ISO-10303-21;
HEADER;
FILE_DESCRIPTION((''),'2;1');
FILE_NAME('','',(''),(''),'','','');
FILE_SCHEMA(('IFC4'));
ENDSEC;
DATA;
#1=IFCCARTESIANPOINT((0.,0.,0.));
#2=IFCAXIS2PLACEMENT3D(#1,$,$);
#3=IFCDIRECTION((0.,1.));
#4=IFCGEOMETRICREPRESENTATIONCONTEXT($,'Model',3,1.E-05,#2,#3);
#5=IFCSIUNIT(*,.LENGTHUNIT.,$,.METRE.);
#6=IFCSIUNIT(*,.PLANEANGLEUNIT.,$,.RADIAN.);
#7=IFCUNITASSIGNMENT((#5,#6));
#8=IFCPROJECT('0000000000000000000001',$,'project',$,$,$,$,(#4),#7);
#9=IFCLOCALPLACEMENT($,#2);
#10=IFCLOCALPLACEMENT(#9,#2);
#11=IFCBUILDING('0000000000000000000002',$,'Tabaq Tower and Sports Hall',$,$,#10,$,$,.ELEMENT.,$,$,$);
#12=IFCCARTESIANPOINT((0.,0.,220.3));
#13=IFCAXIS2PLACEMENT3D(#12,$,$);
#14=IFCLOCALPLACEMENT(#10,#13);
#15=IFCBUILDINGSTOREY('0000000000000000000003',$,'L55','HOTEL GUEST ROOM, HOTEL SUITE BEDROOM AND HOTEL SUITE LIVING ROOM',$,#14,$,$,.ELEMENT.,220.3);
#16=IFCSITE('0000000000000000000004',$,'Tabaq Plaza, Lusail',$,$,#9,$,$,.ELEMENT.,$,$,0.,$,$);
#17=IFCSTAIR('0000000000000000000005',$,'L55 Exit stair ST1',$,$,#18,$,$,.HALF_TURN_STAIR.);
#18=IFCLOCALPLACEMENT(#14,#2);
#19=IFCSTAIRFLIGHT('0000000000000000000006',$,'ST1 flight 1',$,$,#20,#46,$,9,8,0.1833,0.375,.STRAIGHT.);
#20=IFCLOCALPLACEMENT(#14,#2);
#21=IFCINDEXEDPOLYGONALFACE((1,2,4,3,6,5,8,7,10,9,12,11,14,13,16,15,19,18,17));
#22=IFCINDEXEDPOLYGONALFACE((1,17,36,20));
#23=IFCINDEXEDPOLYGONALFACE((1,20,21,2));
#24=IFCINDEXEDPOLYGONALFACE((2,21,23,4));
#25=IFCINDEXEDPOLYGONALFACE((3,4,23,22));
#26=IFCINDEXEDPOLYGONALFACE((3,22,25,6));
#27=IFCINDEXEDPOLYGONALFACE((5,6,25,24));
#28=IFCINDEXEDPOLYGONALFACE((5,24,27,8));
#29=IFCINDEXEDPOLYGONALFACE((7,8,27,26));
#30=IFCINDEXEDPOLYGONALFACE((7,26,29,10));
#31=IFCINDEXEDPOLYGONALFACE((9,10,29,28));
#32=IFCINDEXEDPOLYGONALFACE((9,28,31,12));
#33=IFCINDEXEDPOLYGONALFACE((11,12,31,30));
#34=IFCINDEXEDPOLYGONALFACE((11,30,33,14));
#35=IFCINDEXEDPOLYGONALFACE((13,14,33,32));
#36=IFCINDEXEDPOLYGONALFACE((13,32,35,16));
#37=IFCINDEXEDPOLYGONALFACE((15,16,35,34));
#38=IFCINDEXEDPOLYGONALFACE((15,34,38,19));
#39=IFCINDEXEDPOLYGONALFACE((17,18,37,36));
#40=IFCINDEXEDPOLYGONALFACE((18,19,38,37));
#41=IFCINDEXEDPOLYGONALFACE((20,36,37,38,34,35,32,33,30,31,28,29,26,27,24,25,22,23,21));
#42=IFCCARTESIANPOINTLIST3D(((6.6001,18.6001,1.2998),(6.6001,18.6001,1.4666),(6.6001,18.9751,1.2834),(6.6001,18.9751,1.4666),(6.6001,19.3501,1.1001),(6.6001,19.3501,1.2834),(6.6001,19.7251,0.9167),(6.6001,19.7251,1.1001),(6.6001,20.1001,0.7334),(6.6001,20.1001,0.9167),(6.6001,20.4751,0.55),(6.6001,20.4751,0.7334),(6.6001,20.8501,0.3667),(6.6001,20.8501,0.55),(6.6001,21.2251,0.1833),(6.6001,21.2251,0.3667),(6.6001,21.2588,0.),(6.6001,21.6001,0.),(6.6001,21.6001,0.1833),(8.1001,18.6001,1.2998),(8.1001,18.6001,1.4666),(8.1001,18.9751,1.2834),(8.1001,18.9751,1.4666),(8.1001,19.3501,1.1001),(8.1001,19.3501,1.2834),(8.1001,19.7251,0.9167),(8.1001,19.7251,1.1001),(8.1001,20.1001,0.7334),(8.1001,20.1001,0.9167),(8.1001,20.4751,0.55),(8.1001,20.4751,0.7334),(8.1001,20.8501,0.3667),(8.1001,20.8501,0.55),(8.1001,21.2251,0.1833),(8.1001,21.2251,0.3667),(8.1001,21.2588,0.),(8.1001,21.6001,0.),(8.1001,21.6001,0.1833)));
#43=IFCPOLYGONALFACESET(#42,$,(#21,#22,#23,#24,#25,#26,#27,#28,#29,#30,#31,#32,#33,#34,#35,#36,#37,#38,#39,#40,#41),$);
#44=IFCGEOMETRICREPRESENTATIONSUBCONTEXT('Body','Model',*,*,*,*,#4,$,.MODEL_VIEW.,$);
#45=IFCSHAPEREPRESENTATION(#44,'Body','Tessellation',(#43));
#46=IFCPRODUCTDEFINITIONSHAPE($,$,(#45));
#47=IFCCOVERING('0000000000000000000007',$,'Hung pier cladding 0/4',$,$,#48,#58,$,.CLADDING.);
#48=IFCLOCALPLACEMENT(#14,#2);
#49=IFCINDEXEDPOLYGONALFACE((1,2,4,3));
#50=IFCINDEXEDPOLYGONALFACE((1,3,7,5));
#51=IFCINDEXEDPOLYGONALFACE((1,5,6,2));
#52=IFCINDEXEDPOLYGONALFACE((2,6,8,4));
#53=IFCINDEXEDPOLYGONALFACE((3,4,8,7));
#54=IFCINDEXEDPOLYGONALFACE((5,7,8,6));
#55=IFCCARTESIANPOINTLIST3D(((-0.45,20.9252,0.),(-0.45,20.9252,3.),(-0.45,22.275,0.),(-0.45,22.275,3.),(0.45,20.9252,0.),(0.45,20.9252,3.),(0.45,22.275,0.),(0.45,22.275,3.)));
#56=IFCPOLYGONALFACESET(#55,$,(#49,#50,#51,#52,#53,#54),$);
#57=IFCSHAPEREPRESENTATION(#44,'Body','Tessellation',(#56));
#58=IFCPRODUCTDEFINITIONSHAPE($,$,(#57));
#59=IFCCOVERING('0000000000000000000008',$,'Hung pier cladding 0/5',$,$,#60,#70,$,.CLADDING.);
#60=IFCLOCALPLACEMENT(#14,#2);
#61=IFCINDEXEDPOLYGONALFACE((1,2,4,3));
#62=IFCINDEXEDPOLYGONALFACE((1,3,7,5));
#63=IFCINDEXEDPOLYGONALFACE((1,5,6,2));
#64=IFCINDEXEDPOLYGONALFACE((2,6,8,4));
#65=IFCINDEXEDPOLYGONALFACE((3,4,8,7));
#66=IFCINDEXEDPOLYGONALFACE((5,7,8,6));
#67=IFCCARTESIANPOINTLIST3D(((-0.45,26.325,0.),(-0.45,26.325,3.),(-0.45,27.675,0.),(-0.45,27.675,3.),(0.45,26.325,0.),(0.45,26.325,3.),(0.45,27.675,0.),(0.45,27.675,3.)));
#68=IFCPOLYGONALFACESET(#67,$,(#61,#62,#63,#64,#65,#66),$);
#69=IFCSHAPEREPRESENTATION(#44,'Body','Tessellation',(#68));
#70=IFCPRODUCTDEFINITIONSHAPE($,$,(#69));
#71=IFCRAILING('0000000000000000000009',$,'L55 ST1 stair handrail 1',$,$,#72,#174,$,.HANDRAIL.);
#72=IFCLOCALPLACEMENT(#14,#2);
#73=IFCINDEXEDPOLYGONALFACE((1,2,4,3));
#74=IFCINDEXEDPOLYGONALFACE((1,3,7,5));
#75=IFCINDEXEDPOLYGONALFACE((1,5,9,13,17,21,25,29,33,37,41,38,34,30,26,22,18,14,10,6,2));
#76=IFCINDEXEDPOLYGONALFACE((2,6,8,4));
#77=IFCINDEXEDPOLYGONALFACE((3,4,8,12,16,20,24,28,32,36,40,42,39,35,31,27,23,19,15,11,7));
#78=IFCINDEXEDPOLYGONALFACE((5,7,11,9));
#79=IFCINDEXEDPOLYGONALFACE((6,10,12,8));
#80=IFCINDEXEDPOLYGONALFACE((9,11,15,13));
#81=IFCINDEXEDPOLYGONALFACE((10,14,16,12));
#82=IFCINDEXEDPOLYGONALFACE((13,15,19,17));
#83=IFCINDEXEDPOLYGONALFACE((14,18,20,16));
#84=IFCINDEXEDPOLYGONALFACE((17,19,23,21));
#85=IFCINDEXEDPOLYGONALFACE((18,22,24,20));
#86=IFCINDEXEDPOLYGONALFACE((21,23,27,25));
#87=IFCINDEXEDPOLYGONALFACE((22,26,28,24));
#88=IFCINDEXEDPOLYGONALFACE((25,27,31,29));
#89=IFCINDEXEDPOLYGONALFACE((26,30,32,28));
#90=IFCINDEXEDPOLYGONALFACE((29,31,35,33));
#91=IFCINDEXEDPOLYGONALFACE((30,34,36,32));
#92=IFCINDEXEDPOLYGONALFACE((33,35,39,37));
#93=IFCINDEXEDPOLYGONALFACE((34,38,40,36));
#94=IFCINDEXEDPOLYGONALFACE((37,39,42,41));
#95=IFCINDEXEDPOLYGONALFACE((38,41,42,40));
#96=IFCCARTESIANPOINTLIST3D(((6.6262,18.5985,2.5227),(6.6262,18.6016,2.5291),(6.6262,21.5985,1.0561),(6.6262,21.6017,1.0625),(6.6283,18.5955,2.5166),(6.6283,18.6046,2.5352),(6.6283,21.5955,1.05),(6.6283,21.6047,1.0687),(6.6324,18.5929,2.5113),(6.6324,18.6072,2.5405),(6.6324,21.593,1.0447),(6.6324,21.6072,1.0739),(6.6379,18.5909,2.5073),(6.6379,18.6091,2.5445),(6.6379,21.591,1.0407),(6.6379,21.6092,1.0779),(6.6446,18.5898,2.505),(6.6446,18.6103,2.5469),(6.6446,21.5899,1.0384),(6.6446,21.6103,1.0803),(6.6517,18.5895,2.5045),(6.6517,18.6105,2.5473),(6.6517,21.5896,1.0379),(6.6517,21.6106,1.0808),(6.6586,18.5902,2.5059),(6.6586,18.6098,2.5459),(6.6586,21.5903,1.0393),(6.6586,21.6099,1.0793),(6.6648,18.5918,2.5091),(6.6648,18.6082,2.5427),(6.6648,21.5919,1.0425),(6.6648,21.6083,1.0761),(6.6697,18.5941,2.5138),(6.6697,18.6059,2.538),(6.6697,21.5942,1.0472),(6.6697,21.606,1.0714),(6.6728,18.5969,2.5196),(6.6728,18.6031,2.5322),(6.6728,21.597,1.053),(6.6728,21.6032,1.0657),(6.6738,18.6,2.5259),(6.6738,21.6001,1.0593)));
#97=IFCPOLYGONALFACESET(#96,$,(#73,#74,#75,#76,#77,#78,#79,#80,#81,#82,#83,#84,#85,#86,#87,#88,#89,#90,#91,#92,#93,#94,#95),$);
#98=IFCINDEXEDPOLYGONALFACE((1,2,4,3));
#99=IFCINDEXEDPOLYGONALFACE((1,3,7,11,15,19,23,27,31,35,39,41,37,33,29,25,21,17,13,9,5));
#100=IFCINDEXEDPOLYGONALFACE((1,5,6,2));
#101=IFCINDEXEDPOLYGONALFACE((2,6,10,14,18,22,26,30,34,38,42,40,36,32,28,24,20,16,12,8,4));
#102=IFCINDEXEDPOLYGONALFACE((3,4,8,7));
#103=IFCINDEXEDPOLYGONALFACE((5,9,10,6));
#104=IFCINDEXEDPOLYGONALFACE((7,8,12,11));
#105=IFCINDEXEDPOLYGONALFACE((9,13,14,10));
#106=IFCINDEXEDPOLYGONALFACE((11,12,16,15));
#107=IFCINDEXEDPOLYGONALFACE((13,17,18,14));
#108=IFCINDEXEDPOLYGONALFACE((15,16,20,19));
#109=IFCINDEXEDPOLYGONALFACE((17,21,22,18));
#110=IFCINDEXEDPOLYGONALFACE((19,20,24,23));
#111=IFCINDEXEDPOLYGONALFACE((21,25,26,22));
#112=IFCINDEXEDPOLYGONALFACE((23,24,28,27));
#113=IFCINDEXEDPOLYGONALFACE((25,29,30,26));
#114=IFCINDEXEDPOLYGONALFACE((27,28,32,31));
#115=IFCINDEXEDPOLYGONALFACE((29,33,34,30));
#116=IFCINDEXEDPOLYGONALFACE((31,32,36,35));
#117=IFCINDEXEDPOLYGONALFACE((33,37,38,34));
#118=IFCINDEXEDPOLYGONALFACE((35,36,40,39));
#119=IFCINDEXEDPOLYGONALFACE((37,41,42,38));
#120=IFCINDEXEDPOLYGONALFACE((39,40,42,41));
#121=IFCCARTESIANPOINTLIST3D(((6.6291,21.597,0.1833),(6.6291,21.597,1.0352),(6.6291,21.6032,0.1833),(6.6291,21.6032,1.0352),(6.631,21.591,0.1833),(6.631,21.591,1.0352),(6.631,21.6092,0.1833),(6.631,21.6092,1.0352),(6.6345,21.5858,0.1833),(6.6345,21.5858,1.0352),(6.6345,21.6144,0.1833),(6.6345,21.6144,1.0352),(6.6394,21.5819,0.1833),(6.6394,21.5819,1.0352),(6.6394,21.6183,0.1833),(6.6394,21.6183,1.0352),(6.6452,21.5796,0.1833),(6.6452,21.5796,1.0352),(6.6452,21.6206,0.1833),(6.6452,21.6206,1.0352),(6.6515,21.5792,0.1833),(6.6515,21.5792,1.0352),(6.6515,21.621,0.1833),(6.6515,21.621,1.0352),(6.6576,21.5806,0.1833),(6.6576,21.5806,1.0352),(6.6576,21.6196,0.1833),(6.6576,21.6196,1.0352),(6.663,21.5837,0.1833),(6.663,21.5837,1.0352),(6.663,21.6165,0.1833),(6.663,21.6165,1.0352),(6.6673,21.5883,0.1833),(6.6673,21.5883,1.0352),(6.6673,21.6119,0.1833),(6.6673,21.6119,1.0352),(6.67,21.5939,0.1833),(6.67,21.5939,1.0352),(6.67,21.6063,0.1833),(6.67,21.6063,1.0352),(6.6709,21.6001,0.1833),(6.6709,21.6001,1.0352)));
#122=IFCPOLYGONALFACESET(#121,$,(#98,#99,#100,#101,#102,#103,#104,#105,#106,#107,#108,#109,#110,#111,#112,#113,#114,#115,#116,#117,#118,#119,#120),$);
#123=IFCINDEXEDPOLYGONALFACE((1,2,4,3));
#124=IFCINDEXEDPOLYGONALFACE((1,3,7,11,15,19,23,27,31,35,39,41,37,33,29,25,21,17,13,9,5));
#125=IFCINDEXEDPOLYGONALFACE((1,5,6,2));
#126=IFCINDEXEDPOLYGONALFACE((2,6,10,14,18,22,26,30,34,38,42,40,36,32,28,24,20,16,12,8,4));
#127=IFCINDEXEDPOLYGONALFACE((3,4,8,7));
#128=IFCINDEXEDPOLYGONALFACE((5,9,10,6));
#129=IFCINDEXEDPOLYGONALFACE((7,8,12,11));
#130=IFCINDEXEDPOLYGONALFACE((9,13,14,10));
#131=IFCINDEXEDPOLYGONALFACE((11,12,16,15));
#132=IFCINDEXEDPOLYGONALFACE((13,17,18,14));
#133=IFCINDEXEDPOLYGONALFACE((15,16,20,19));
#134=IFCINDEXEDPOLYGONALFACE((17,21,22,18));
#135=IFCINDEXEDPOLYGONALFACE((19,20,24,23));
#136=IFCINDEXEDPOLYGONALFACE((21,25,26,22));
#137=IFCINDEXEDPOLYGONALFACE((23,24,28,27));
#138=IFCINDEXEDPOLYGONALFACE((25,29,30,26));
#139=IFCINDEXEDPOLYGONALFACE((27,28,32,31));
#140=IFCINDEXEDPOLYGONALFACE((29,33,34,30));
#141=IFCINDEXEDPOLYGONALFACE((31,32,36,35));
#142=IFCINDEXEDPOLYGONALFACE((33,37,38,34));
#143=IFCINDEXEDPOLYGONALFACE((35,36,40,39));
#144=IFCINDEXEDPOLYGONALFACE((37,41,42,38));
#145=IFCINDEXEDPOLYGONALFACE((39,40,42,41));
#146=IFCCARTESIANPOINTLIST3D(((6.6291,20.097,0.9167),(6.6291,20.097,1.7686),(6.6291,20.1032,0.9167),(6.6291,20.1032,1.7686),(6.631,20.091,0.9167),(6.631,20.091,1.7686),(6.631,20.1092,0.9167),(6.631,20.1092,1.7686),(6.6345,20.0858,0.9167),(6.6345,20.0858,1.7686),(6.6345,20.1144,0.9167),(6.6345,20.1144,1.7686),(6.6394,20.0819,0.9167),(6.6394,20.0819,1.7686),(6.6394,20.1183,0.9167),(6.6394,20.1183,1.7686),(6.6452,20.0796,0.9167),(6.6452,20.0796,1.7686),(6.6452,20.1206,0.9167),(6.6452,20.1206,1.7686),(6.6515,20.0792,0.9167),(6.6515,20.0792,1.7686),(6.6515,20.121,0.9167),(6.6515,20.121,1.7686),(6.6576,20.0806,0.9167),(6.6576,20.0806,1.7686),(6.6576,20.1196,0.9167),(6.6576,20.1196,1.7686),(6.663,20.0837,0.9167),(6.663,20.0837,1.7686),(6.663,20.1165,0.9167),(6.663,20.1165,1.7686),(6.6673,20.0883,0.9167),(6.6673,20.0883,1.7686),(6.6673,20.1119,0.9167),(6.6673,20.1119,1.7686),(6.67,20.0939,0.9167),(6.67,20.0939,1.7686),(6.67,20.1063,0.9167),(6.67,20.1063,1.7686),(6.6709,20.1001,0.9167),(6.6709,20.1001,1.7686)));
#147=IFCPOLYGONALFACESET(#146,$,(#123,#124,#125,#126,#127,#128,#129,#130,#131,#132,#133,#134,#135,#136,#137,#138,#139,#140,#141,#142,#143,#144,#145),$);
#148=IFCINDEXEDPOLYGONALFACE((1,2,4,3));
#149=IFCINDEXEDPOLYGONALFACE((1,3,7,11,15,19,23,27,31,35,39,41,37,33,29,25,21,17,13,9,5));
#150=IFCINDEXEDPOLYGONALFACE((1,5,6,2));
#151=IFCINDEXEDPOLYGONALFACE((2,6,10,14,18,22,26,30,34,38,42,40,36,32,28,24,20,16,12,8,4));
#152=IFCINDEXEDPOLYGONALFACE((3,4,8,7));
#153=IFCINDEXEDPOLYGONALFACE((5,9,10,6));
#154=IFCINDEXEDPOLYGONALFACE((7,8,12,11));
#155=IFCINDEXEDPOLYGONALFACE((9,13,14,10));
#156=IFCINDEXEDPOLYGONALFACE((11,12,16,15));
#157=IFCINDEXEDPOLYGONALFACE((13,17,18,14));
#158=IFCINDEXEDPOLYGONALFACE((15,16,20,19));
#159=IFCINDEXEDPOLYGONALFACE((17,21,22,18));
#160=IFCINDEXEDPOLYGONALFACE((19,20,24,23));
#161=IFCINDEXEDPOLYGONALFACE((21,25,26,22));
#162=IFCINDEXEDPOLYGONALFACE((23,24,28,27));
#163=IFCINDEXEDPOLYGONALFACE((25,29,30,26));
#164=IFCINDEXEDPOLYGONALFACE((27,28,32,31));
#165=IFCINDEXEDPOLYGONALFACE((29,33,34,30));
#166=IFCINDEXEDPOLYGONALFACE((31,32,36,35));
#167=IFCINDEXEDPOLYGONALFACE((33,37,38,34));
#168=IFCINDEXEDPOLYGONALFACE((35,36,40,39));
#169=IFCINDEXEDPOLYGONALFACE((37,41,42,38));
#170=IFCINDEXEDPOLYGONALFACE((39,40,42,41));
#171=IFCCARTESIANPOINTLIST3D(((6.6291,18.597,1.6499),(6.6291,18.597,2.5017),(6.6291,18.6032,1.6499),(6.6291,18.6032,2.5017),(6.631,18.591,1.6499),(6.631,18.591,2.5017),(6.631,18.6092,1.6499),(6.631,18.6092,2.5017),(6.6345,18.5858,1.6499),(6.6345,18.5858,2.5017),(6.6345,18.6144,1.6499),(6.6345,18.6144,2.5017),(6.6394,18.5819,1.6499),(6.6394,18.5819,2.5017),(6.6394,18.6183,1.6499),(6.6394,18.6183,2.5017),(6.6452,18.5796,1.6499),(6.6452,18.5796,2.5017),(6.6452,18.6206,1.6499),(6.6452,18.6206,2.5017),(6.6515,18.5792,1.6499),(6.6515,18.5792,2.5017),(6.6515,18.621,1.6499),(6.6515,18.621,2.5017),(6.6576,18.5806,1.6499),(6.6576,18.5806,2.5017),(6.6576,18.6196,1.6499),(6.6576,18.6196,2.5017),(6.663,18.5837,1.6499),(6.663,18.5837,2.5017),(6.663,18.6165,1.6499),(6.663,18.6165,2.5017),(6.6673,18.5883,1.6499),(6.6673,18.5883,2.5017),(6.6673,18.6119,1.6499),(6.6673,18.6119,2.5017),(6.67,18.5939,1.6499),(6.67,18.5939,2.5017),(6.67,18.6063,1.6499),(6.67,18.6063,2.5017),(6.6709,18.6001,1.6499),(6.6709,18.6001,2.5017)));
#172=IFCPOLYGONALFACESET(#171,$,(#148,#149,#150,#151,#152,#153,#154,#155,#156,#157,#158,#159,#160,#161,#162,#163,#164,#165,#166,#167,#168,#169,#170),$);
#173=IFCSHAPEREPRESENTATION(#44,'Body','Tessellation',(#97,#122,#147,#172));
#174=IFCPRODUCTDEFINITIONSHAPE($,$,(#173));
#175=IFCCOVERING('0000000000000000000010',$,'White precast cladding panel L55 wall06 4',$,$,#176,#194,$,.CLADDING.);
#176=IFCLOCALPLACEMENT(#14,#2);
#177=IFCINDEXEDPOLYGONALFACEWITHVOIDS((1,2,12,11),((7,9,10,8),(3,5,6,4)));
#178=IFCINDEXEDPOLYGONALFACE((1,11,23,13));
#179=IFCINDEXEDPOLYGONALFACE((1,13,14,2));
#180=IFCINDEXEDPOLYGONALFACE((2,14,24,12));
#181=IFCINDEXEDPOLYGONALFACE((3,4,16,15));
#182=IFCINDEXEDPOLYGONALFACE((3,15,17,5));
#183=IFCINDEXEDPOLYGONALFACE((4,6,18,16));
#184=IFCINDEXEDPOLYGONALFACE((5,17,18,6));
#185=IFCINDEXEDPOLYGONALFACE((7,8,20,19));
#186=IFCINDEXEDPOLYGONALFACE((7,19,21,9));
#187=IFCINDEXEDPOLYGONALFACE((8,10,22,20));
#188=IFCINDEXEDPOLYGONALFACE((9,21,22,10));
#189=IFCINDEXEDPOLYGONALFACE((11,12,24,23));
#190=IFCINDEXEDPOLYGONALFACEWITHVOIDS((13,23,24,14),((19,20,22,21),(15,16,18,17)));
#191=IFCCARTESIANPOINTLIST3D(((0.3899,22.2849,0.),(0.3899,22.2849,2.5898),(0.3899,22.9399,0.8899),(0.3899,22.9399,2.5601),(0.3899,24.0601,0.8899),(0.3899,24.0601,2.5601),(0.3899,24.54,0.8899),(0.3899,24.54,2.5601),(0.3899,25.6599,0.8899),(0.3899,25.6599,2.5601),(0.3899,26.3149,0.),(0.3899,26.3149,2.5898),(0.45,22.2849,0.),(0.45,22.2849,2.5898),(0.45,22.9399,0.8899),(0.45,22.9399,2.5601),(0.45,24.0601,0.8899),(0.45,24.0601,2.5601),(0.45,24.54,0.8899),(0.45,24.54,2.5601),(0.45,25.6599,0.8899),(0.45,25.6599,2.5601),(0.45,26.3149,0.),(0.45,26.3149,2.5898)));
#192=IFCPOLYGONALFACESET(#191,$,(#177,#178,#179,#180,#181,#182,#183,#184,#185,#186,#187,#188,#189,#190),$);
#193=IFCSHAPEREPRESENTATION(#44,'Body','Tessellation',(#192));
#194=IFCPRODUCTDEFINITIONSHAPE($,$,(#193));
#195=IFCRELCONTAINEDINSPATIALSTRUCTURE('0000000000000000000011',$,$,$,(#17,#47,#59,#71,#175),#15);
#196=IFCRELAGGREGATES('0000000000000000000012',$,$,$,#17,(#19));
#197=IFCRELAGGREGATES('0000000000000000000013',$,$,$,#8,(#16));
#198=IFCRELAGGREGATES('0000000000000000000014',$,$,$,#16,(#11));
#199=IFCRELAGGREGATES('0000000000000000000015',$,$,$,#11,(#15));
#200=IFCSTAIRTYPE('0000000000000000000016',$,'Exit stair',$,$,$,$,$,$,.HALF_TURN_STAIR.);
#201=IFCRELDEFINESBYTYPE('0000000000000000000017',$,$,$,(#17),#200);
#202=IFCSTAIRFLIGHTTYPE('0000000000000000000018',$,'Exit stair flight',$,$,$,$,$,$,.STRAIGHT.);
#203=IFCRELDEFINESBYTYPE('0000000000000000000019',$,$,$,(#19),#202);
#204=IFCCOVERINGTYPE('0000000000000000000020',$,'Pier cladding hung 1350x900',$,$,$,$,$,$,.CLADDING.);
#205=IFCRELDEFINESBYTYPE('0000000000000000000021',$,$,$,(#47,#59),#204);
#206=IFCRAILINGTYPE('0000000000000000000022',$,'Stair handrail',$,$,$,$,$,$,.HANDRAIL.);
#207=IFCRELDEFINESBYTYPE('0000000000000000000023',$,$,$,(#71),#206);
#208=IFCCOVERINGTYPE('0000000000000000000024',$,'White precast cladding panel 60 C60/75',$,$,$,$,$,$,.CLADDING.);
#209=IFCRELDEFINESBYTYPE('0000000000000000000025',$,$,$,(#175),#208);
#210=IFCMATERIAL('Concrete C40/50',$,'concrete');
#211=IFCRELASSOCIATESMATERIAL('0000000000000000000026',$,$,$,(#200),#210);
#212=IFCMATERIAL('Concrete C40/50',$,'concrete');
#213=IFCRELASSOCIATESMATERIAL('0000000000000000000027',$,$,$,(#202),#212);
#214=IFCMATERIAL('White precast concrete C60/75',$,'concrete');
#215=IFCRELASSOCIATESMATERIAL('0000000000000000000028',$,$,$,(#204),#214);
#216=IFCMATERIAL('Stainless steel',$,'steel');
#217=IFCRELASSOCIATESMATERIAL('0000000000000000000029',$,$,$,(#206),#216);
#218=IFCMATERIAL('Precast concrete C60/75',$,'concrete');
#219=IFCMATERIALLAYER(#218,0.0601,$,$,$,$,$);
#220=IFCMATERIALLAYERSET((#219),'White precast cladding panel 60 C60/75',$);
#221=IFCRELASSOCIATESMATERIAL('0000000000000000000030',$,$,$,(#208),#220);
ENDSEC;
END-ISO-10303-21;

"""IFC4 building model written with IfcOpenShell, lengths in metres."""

from ifc_helpers import new_model, si_unit, direction, frame, frame_2d, origin, origin_2d, place, context, subcontext, project, spatial, polyline, rectangle, circle, outline, extrude, material, layer, layer_set, type_object, element, aggregate, save


model = new_model("IFC4")

# Units and contexts
model_context = context("Model", 3, precision=1e-05, world=origin(), true_north=direction((0.0, 1.0)))
body_context = subcontext(model_context, "Body", "Model", "MODEL_VIEW")
ifc_project = project(units=[si_unit("LENGTHUNIT", "METRE"), si_unit("PLANEANGLEUNIT", "RADIAN")], contexts=[model_context])

# Site, building, storey
site_placement = place(None, origin())
site = spatial("IfcSite", under=ifc_project, at=site_placement, Name="Tabaq Plaza, Lusail", CompositionType="ELEMENT", RefElevation=0.0)
building_placement = place(site_placement, origin())
building = spatial("IfcBuilding", under=site, at=building_placement, Name="Tabaq Tower and Sports Hall", CompositionType="ELEMENT")
storey_placement = place(building_placement, frame((0.0, 0.0, 220.3)))
storey = spatial("IfcBuildingStorey", under=building, at=storey_placement, Name="L55", Description="HOTEL GUEST ROOM, HOTEL SUITE BEDROOM AND HOTEL SUITE LIVING ROOM", CompositionType="ELEMENT", Elevation=220.3)

# Stair, stair flight
ifc_material_1 = material(Name="Concrete C40/50", Category="concrete")
stair_type = type_object("IfcStairType", Name="Exit stair", PredefinedType="HALF_TURN_STAIR", material=ifc_material_1)
stair_placement = place(storey_placement, origin())
stair = element("IfcStair", 1, at=stair_placement, inside=storey, type_object=stair_type, Name="L55 Exit stair ST1", PredefinedType="HALF_TURN_STAIR")
ifc_material_2 = material(Name="Concrete C40/50", Category="concrete")
stair_flight_type = type_object("IfcStairFlightType", Name="Exit stair flight", PredefinedType="STRAIGHT", material=ifc_material_2)
stair_flight_placement = place(storey_placement, frame((7.3501, 21.6001, 0.0), z_axis=(0.0, 0.0, 1.0), x_axis=(0.0, -1.0, 0.0)))
stair_flight = element("IfcStairFlight", 2, at=stair_flight_placement, type_object=stair_flight_type, Name="ST1 flight 1", NumberOfRisers=9, NumberOfTreads=8, PredefinedType="STRAIGHT", RiserHeight=0.1833, TreadLength=0.375, context=body_context, shape_type="SweptSolid", body=[
    extrude(outline(polyline([(0.0, 0.0), (0.0, 0.1833), (0.375, 0.1833), (0.375, 0.3667), (0.75, 0.3667), (0.75, 0.55), (1.125, 0.55), (1.125, 0.7334), (1.5, 0.7334), (1.5, 0.9167), (1.875, 0.9167), (1.875, 1.1001), (2.25, 1.1001), (2.25, 1.2834), (2.625, 1.2834), (2.625, 1.4666), (3.0, 1.4666), (3.0, 1.6499), (3.0, 1.2998), (0.3413, 0.0), (0.0, 0.0)])), frame((0.0, 0.75, 0.0), z_axis=(0.0, -1.0, 0.0), x_axis=(1.0, 0.0, 0.0)), (0.0, 0.0, 1.0), 1.5),
])
aggregate(stair, [stair_flight])

# Coverings
ifc_material_3 = material(Name="White precast concrete C60/75", Category="concrete")
covering_type_1 = type_object("IfcCoveringType", Name="Pier cladding hung 1350x900", PredefinedType="CLADDING", material=ifc_material_3)
covering_1_placement = place(storey_placement, frame((0.0, 22.2749, 0.0), z_axis=(0.0, 0.0, 1.0), x_axis=(0.0, -1.0, 0.0)))
element("IfcCovering", 3, at=covering_1_placement, inside=storey, type_object=covering_type_1, Name="Hung pier cladding 0/4", PredefinedType="CLADDING", context=body_context, shape_type="SweptSolid", body=[
    extrude(rectangle(XDim=1.3499, YDim=0.8999, at=frame_2d((0.6748, 0.0))), origin(), (0.0, 0.0, 1.0), 3.0),
])
covering_2_placement = place(storey_placement, frame((0.0, 27.675, 0.0), z_axis=(0.0, 0.0, 1.0), x_axis=(0.0, -1.0, 0.0)))
element("IfcCovering", 4, at=covering_2_placement, inside=storey, type_object=covering_type_1, Name="Hung pier cladding 0/5", PredefinedType="CLADDING", context=body_context, shape_type="SweptSolid", body=[
    extrude(rectangle(XDim=1.3501, YDim=0.8999, at=frame_2d((0.675, 0.0))), origin(), (0.0, 0.0, 1.0), 3.0),
])

# Railing
ifc_material_4 = material(Name="Stainless steel", Category="steel")
railing_type_1 = type_object("IfcRailingType", Name="Stair handrail", PredefinedType="HANDRAIL", material=ifc_material_4)
railing_1_placement = place(storey_placement, frame((6.6499, 21.6001, 0.1833)))
element("IfcRailing", 5, at=railing_1_placement, inside=storey, type_object=railing_type_1, Name="L55 ST1 stair handrail 1", PredefinedType="HANDRAIL", context=body_context, shape_type="SweptSolid", body=[
    extrude(circle(Radius=0.0239, at=origin_2d()), frame((0.0, 0.0, 0.876), z_axis=(0.0, -0.898398, 0.439183), x_axis=(1.0, 0.0, 0.0)), (0.0, 0.0, 1.0), 3.3394),
    extrude(circle(Radius=0.021, at=origin_2d()), origin(), (0.0, 0.0, 1.0), 0.8518),
    extrude(circle(Radius=0.021, at=origin_2d()), frame((0.0, -1.5, 0.7334)), (0.0, 0.0, 1.0), 0.8518),
    extrude(circle(Radius=0.021, at=origin_2d()), frame((0.0, -3.0, 1.4666)), (0.0, 0.0, 1.0), 0.8518),
])

# Covering
ifc_material_5 = material(Name="Precast concrete C60/75", Category="concrete")
ifc_layer_1 = layer(ifc_material_5, 0.0601)
ifc_layer_set_1 = layer_set([ifc_layer_1], Name="White precast cladding panel 60 C60/75")
covering_type_2 = type_object("IfcCoveringType", Name="White precast cladding panel 60 C60/75", PredefinedType="CLADDING", material=ifc_layer_set_1)
covering_3_placement = place(storey_placement, frame((0.4199, 26.3149, 0.0), z_axis=(0.0, 0.0, 1.0), x_axis=(0.0, -1.0, 0.0)))
element("IfcCovering", 6, at=covering_3_placement, inside=storey, type_object=covering_type_2, Name="White precast cladding panel L55 wall06 4", PredefinedType="CLADDING", context=body_context, shape_type="SweptSolid", body=[
    extrude(outline(polyline([(0.0, 0.0), (4.03, 0.0), (4.03, 2.5898), (0.0, 2.5898), (0.0, 0.0)]), holes=[polyline([(0.655, 0.8899), (0.655, 2.5601), (1.7749, 2.5601), (1.7749, 0.8899), (0.655, 0.8899)]), polyline([(2.2549, 0.8899), (2.2549, 2.5601), (3.375, 2.5601), (3.375, 0.8899), (2.2549, 0.8899)])]), frame((0.0, 0.03, 0.0), z_axis=(0.0, -1.0, 0.0), x_axis=(1.0, 0.0, 0.0)), (0.0, 0.0, 1.0), 0.0601),
])

save(model, "model.ifc")
